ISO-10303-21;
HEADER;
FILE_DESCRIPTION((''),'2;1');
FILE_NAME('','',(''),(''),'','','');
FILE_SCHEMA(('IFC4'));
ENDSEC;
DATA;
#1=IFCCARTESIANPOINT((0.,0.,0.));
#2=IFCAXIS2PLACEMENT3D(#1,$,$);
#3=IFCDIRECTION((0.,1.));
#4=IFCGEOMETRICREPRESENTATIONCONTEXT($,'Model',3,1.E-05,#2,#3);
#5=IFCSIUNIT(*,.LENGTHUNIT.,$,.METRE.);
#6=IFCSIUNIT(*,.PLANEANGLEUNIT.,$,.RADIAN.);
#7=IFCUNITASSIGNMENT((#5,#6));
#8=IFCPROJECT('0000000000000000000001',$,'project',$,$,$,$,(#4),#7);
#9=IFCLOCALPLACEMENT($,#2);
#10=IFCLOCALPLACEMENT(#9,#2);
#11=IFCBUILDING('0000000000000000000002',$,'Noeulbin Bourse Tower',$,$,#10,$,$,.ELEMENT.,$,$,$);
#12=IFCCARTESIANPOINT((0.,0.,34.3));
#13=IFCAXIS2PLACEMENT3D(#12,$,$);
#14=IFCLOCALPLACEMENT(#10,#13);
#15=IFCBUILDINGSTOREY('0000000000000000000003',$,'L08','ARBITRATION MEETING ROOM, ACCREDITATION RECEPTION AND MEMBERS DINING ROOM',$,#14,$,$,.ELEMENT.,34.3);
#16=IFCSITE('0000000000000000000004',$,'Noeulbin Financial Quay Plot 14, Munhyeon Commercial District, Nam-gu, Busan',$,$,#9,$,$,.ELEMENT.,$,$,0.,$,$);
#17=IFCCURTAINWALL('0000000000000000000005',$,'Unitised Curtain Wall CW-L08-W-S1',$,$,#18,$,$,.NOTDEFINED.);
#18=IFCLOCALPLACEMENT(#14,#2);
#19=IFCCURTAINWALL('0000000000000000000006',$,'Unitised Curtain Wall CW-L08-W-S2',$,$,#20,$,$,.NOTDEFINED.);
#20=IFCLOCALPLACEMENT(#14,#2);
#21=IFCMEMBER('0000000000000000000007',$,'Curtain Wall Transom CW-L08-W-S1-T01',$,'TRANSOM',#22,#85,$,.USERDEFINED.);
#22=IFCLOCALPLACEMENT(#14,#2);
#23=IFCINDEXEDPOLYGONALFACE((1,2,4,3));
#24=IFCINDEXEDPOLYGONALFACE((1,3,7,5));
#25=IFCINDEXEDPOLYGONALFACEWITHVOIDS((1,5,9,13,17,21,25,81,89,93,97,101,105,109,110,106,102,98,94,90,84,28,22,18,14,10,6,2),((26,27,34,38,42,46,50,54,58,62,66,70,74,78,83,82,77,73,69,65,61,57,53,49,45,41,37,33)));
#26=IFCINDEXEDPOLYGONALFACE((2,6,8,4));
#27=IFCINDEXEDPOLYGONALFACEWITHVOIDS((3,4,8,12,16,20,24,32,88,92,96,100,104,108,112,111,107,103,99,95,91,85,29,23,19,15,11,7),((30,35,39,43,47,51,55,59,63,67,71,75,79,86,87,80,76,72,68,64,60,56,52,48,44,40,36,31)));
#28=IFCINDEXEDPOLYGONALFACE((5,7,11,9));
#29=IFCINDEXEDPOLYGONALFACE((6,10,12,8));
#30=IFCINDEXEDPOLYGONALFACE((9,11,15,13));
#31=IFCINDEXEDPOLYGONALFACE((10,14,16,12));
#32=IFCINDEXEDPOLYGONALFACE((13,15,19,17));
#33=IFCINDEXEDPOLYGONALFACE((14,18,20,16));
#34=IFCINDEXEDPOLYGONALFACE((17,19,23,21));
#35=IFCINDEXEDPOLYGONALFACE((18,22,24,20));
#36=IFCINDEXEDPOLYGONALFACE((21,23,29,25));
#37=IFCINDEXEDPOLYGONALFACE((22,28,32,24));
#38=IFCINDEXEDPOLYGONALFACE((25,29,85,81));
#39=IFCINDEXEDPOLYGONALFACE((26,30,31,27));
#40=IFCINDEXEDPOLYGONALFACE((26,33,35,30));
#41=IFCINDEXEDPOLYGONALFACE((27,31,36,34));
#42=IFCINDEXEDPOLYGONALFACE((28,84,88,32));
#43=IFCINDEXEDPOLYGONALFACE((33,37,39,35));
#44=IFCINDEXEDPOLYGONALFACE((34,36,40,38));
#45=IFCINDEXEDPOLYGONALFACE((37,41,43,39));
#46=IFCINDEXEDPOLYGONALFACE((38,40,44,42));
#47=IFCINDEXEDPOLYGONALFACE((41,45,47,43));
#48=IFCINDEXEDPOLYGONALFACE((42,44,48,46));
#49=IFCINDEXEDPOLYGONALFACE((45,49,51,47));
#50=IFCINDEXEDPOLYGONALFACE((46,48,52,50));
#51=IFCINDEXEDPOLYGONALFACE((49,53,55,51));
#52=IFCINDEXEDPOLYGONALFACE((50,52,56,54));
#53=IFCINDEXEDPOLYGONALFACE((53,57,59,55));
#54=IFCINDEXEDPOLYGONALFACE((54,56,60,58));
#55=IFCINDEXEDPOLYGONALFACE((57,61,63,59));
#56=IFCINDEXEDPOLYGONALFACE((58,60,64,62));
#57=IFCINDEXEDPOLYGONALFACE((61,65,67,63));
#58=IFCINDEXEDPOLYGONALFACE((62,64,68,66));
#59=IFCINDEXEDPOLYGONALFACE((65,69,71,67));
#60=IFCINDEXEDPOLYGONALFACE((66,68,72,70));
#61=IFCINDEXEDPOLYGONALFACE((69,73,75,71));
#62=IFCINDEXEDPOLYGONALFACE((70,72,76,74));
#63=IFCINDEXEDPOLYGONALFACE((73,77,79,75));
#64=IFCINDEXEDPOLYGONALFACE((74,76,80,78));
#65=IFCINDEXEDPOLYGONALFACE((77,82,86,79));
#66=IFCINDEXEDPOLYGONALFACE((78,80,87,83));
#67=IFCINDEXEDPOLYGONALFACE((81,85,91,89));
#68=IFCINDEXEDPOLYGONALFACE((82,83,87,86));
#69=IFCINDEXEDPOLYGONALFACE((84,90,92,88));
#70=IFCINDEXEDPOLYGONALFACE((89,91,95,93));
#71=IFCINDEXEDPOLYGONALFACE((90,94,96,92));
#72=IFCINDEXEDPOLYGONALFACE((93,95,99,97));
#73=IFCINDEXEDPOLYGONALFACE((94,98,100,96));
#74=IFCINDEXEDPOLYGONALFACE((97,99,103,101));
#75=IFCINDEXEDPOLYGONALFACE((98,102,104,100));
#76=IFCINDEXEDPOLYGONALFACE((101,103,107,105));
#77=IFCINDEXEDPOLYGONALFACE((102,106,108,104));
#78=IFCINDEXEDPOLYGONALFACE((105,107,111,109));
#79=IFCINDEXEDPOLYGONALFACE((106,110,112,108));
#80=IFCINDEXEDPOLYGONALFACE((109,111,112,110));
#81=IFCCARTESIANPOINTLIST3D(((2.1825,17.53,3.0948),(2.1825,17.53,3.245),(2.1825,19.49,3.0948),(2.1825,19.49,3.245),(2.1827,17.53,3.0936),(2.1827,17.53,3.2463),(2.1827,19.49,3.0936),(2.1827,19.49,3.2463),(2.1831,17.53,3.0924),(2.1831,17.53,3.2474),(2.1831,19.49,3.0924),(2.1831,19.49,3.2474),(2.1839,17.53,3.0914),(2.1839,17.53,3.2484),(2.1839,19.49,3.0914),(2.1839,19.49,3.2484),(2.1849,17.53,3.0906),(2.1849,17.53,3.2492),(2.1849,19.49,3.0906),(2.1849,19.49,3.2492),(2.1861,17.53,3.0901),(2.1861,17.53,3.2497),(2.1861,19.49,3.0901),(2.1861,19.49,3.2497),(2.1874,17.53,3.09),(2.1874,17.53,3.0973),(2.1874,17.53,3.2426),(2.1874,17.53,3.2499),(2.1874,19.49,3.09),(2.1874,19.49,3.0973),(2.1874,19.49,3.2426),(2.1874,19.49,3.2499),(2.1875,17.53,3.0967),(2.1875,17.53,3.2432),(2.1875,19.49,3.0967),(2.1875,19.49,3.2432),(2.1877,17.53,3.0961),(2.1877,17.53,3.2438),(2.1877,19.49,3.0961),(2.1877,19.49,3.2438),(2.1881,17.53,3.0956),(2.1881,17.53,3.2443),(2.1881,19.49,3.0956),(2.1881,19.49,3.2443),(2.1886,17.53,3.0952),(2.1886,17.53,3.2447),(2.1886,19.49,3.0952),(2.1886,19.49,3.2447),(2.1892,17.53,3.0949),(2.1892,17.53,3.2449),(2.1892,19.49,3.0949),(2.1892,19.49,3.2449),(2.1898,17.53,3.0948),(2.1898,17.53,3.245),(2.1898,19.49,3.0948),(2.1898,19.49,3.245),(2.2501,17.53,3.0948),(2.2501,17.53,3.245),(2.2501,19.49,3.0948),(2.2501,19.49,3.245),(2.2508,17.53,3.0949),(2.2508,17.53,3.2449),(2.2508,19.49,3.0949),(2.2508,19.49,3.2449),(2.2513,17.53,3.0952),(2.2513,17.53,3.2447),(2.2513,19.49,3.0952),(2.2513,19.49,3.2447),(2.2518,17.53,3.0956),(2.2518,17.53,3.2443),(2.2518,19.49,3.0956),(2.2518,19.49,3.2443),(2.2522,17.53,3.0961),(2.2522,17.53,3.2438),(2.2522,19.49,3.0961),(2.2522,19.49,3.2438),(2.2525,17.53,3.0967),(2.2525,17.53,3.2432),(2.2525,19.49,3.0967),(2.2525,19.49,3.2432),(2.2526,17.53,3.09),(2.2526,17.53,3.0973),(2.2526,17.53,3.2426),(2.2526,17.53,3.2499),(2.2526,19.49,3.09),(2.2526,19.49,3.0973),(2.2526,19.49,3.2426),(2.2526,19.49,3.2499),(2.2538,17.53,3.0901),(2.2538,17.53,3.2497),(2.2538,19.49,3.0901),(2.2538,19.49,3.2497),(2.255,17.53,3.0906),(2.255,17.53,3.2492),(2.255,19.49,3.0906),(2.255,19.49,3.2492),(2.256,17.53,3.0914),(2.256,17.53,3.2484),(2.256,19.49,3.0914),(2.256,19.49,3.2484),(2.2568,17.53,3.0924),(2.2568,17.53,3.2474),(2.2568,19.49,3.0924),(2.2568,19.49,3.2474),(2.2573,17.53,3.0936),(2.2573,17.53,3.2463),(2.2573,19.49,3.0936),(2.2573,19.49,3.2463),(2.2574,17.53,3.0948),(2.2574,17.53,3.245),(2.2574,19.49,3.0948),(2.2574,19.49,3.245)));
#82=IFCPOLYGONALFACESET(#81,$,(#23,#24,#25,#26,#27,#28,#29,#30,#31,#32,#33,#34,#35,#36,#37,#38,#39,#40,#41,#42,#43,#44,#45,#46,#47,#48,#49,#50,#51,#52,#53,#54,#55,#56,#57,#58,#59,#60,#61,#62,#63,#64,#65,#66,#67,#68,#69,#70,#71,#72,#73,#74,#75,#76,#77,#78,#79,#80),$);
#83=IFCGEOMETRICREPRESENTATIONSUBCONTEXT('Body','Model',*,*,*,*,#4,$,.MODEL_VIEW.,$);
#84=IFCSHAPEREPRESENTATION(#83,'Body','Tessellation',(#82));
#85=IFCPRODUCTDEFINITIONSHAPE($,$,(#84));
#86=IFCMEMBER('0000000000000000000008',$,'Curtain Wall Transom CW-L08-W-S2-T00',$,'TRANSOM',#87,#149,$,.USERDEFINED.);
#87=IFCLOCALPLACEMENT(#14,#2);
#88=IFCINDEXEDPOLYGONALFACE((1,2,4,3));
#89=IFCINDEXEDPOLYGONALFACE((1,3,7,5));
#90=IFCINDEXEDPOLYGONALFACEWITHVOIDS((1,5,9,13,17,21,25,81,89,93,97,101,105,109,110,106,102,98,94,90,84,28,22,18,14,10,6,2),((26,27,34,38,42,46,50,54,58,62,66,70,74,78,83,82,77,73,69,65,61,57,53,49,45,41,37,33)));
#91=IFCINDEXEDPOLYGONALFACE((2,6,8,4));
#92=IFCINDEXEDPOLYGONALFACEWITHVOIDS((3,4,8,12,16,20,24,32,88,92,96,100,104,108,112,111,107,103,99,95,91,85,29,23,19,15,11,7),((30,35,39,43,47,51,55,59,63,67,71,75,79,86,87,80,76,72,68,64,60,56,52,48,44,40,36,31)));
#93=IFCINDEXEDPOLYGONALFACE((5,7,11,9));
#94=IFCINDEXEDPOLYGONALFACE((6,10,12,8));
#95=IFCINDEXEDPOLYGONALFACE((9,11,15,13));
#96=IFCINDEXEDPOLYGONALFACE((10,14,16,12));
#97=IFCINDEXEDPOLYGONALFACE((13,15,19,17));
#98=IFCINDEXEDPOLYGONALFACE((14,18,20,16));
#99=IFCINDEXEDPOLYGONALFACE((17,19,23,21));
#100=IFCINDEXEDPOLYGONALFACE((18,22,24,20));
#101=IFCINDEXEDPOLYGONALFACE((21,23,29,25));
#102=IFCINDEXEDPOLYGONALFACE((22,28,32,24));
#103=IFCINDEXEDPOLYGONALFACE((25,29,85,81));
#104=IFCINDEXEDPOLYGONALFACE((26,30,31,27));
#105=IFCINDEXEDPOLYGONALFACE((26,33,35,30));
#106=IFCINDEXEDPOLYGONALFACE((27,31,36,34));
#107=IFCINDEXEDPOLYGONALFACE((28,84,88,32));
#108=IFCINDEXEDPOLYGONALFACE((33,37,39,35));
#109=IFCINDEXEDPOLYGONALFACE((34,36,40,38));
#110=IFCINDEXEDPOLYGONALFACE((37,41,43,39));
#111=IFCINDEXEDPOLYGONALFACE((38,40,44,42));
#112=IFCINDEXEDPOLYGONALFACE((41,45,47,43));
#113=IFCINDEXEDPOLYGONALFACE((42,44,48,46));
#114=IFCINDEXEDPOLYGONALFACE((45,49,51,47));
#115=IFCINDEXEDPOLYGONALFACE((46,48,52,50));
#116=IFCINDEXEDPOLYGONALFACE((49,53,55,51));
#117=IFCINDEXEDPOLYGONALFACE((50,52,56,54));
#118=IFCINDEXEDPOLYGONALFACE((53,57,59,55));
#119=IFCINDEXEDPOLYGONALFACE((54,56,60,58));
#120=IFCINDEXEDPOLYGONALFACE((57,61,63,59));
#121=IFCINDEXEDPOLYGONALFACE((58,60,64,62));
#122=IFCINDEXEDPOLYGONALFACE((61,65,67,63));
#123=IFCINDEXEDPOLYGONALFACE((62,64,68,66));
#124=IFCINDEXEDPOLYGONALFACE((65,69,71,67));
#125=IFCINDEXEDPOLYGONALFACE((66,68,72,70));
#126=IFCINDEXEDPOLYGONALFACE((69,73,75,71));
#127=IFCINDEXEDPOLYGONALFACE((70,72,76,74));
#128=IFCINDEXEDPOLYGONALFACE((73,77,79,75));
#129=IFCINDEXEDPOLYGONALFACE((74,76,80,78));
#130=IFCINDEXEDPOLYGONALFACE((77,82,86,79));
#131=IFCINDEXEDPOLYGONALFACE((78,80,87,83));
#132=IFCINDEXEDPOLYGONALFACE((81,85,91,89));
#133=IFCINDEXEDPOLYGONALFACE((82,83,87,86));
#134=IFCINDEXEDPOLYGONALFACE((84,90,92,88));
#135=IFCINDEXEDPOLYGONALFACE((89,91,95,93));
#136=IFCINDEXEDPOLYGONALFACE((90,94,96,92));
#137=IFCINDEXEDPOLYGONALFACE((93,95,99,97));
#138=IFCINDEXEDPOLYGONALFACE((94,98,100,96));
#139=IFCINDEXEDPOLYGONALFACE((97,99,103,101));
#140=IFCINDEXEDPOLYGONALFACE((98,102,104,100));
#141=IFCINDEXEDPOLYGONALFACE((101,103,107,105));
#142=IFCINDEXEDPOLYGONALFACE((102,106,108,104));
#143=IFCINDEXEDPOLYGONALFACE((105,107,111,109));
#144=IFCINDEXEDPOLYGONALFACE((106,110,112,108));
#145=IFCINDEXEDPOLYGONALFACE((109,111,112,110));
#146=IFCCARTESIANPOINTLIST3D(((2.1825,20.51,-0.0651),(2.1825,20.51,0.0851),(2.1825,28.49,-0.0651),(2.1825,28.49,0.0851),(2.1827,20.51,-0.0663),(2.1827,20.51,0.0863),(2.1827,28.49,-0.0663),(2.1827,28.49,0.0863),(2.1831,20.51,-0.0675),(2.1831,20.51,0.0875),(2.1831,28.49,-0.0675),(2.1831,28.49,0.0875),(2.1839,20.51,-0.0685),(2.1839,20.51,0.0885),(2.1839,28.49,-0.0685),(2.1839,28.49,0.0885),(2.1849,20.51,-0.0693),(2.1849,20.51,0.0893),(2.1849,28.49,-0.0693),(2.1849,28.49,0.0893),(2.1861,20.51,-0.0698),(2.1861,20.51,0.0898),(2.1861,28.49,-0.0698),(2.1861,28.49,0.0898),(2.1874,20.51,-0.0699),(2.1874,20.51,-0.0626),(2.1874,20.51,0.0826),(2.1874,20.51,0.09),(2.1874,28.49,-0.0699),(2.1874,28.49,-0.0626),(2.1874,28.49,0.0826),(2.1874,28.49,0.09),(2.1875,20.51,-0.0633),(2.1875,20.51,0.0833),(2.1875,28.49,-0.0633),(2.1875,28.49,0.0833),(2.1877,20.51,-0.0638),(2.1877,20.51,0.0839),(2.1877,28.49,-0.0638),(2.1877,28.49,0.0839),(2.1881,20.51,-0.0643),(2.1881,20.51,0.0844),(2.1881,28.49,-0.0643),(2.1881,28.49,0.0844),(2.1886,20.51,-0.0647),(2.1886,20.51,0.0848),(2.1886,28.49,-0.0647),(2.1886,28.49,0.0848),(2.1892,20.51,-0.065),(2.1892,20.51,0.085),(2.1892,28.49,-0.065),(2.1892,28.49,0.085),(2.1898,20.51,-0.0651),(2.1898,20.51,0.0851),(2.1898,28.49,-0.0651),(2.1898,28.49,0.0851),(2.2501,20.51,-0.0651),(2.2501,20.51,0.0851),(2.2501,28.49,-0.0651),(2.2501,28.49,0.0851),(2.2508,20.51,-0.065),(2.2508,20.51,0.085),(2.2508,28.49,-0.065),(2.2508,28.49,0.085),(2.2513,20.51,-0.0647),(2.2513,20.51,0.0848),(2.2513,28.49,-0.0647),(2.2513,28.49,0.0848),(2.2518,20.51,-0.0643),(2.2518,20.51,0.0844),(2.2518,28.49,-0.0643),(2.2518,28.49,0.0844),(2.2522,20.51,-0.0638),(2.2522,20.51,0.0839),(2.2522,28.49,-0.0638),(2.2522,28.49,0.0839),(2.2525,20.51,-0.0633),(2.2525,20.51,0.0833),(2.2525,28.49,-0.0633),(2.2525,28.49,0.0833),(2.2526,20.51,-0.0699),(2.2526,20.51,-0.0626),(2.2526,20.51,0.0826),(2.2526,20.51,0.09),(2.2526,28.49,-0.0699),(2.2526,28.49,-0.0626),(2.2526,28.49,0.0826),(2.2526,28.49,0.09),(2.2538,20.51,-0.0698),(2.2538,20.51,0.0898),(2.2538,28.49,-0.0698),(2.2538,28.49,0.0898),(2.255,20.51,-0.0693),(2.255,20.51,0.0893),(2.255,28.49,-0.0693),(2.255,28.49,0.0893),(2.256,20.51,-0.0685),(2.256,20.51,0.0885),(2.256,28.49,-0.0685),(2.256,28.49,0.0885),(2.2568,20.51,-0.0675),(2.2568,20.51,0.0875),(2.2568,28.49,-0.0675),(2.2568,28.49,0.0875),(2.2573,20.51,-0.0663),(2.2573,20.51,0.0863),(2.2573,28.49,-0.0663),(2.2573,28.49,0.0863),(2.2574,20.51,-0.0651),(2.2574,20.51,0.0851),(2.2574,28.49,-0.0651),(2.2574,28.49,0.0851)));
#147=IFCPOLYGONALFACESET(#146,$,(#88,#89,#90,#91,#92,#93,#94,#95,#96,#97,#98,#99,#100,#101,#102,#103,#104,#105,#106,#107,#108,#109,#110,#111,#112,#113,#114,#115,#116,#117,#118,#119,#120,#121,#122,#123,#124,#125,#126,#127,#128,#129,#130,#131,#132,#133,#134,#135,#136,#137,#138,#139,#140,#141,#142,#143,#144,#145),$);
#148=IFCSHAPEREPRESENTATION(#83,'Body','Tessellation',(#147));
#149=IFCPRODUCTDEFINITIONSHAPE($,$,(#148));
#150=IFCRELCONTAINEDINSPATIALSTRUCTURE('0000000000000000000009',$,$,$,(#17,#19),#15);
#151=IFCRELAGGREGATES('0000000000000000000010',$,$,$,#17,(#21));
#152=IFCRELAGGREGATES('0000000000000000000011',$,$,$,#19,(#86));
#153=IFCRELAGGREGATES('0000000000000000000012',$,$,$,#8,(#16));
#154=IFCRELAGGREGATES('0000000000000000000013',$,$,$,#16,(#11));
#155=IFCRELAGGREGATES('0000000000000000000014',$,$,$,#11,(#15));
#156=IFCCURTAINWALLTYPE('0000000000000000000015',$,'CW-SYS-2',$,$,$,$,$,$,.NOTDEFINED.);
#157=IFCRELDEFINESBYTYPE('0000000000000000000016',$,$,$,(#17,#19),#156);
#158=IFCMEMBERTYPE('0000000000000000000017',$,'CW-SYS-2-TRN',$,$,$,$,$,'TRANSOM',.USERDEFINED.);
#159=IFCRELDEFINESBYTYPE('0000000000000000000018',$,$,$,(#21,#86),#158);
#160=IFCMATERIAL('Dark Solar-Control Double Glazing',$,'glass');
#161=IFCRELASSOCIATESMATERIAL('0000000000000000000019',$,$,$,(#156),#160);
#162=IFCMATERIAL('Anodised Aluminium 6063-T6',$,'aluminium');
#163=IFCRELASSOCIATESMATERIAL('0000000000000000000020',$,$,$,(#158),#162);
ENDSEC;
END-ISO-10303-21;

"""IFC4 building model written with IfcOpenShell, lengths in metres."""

from ifc_helpers import new_model, si_unit, direction, frame, origin, origin_2d, place, context, subcontext, project, spatial, hollow_rectangle, extrude, material, material_profile, profile_set, type_object, element, aggregate, save


model = new_model("IFC4")

# Units and contexts
model_context = context("Model", 3, precision=1e-05, world=origin(), true_north=direction((0.0, 1.0)))
body_context = subcontext(model_context, "Body", "Model", "MODEL_VIEW")
ifc_project = project(units=[si_unit("LENGTHUNIT", "METRE"), si_unit("PLANEANGLEUNIT", "RADIAN")], contexts=[model_context])

# Site, building, storey
site_placement = place(None, origin())
site = spatial("IfcSite", under=ifc_project, at=site_placement, Name="Noeulbin Financial Quay Plot 14, Munhyeon Commercial District, Nam-gu, Busan", CompositionType="ELEMENT", RefElevation=0.0)
building_placement = place(site_placement, origin())
building = spatial("IfcBuilding", under=site, at=building_placement, Name="Noeulbin Bourse Tower", CompositionType="ELEMENT")
storey_placement = place(building_placement, frame((0.0, 0.0, 34.3)))
storey = spatial("IfcBuildingStorey", under=building, at=storey_placement, Name="L08", Description="ARBITRATION MEETING ROOM, ACCREDITATION RECEPTION AND MEMBERS DINING ROOM", CompositionType="ELEMENT", Elevation=34.3)

# Curtain walls
ifc_material_1 = material(Name="Dark Solar-Control Double Glazing", Category="glass")
curtain_wall_type = type_object("IfcCurtainWallType", Name="CW-SYS-2", PredefinedType="NOTDEFINED", material=ifc_material_1)
curtain_wall_1_placement = place(storey_placement, origin())
curtain_wall_1 = element("IfcCurtainWall", 1, at=curtain_wall_1_placement, inside=storey, type_object=curtain_wall_type, Name="Unitised Curtain Wall CW-L08-W-S1", PredefinedType="NOTDEFINED")
ifc_material_2 = material(Name="Anodised Aluminium 6063-T6", Category="aluminium")
curtain_wall_2_placement = place(storey_placement, origin())
curtain_wall_2 = element("IfcCurtainWall", 2, at=curtain_wall_2_placement, inside=storey, type_object=curtain_wall_type, Name="Unitised Curtain Wall CW-L08-W-S2", PredefinedType="NOTDEFINED")

# Members
ifc_material_profile_1 = material_profile(ifc_material_2, hollow_rectangle(XDim=0.075, YDim=0.1599, WallThickness=0.0049, InnerFilletRadius=0.0024, OuterFilletRadius=0.0049, at=origin_2d()), Name="ALU-TRAN-75x160x5", Category="LoadBearing")
ifc_profile_set_1 = profile_set([ifc_material_profile_1], Name="Anodised Aluminium 6063-T6")
member_type_1 = type_object("IfcMemberType", Name="CW-SYS-2-TRN", ElementType="TRANSOM", PredefinedType="USERDEFINED", material=ifc_profile_set_1)
member_1_placement = place(storey_placement, frame((2.22, 17.53, 3.1699), z_axis=(0.0, 1.0, 0.0), x_axis=(-1.0, 0.0, 0.0)))
member_1 = element("IfcMember", 3, at=member_1_placement, type_object=member_type_1, Name="Curtain Wall Transom CW-L08-W-S1-T01", ObjectType="TRANSOM", PredefinedType="USERDEFINED", context=body_context, shape_type="SweptSolid", body=[
    extrude(hollow_rectangle(XDim=0.075, YDim=0.1599, WallThickness=0.0049, InnerFilletRadius=0.0024, OuterFilletRadius=0.0049, at=origin_2d()), origin(), (0.0, 0.0, 1.0), 1.96),
])
member_2_placement = place(storey_placement, frame((2.22, 20.51, 0.01), z_axis=(0.0, 1.0, 0.0), x_axis=(-1.0, 0.0, 0.0)))
member_2 = element("IfcMember", 4, at=member_2_placement, type_object=member_type_1, Name="Curtain Wall Transom CW-L08-W-S2-T00", ObjectType="TRANSOM", PredefinedType="USERDEFINED", context=body_context, shape_type="SweptSolid", body=[
    extrude(hollow_rectangle(XDim=0.075, YDim=0.1599, WallThickness=0.0049, InnerFilletRadius=0.0024, OuterFilletRadius=0.0049, at=origin_2d()), origin(), (0.0, 0.0, 1.0), 7.98),
])

aggregate(curtain_wall_1, [member_1])
aggregate(curtain_wall_2, [member_2])

save(model, "model.ifc")
